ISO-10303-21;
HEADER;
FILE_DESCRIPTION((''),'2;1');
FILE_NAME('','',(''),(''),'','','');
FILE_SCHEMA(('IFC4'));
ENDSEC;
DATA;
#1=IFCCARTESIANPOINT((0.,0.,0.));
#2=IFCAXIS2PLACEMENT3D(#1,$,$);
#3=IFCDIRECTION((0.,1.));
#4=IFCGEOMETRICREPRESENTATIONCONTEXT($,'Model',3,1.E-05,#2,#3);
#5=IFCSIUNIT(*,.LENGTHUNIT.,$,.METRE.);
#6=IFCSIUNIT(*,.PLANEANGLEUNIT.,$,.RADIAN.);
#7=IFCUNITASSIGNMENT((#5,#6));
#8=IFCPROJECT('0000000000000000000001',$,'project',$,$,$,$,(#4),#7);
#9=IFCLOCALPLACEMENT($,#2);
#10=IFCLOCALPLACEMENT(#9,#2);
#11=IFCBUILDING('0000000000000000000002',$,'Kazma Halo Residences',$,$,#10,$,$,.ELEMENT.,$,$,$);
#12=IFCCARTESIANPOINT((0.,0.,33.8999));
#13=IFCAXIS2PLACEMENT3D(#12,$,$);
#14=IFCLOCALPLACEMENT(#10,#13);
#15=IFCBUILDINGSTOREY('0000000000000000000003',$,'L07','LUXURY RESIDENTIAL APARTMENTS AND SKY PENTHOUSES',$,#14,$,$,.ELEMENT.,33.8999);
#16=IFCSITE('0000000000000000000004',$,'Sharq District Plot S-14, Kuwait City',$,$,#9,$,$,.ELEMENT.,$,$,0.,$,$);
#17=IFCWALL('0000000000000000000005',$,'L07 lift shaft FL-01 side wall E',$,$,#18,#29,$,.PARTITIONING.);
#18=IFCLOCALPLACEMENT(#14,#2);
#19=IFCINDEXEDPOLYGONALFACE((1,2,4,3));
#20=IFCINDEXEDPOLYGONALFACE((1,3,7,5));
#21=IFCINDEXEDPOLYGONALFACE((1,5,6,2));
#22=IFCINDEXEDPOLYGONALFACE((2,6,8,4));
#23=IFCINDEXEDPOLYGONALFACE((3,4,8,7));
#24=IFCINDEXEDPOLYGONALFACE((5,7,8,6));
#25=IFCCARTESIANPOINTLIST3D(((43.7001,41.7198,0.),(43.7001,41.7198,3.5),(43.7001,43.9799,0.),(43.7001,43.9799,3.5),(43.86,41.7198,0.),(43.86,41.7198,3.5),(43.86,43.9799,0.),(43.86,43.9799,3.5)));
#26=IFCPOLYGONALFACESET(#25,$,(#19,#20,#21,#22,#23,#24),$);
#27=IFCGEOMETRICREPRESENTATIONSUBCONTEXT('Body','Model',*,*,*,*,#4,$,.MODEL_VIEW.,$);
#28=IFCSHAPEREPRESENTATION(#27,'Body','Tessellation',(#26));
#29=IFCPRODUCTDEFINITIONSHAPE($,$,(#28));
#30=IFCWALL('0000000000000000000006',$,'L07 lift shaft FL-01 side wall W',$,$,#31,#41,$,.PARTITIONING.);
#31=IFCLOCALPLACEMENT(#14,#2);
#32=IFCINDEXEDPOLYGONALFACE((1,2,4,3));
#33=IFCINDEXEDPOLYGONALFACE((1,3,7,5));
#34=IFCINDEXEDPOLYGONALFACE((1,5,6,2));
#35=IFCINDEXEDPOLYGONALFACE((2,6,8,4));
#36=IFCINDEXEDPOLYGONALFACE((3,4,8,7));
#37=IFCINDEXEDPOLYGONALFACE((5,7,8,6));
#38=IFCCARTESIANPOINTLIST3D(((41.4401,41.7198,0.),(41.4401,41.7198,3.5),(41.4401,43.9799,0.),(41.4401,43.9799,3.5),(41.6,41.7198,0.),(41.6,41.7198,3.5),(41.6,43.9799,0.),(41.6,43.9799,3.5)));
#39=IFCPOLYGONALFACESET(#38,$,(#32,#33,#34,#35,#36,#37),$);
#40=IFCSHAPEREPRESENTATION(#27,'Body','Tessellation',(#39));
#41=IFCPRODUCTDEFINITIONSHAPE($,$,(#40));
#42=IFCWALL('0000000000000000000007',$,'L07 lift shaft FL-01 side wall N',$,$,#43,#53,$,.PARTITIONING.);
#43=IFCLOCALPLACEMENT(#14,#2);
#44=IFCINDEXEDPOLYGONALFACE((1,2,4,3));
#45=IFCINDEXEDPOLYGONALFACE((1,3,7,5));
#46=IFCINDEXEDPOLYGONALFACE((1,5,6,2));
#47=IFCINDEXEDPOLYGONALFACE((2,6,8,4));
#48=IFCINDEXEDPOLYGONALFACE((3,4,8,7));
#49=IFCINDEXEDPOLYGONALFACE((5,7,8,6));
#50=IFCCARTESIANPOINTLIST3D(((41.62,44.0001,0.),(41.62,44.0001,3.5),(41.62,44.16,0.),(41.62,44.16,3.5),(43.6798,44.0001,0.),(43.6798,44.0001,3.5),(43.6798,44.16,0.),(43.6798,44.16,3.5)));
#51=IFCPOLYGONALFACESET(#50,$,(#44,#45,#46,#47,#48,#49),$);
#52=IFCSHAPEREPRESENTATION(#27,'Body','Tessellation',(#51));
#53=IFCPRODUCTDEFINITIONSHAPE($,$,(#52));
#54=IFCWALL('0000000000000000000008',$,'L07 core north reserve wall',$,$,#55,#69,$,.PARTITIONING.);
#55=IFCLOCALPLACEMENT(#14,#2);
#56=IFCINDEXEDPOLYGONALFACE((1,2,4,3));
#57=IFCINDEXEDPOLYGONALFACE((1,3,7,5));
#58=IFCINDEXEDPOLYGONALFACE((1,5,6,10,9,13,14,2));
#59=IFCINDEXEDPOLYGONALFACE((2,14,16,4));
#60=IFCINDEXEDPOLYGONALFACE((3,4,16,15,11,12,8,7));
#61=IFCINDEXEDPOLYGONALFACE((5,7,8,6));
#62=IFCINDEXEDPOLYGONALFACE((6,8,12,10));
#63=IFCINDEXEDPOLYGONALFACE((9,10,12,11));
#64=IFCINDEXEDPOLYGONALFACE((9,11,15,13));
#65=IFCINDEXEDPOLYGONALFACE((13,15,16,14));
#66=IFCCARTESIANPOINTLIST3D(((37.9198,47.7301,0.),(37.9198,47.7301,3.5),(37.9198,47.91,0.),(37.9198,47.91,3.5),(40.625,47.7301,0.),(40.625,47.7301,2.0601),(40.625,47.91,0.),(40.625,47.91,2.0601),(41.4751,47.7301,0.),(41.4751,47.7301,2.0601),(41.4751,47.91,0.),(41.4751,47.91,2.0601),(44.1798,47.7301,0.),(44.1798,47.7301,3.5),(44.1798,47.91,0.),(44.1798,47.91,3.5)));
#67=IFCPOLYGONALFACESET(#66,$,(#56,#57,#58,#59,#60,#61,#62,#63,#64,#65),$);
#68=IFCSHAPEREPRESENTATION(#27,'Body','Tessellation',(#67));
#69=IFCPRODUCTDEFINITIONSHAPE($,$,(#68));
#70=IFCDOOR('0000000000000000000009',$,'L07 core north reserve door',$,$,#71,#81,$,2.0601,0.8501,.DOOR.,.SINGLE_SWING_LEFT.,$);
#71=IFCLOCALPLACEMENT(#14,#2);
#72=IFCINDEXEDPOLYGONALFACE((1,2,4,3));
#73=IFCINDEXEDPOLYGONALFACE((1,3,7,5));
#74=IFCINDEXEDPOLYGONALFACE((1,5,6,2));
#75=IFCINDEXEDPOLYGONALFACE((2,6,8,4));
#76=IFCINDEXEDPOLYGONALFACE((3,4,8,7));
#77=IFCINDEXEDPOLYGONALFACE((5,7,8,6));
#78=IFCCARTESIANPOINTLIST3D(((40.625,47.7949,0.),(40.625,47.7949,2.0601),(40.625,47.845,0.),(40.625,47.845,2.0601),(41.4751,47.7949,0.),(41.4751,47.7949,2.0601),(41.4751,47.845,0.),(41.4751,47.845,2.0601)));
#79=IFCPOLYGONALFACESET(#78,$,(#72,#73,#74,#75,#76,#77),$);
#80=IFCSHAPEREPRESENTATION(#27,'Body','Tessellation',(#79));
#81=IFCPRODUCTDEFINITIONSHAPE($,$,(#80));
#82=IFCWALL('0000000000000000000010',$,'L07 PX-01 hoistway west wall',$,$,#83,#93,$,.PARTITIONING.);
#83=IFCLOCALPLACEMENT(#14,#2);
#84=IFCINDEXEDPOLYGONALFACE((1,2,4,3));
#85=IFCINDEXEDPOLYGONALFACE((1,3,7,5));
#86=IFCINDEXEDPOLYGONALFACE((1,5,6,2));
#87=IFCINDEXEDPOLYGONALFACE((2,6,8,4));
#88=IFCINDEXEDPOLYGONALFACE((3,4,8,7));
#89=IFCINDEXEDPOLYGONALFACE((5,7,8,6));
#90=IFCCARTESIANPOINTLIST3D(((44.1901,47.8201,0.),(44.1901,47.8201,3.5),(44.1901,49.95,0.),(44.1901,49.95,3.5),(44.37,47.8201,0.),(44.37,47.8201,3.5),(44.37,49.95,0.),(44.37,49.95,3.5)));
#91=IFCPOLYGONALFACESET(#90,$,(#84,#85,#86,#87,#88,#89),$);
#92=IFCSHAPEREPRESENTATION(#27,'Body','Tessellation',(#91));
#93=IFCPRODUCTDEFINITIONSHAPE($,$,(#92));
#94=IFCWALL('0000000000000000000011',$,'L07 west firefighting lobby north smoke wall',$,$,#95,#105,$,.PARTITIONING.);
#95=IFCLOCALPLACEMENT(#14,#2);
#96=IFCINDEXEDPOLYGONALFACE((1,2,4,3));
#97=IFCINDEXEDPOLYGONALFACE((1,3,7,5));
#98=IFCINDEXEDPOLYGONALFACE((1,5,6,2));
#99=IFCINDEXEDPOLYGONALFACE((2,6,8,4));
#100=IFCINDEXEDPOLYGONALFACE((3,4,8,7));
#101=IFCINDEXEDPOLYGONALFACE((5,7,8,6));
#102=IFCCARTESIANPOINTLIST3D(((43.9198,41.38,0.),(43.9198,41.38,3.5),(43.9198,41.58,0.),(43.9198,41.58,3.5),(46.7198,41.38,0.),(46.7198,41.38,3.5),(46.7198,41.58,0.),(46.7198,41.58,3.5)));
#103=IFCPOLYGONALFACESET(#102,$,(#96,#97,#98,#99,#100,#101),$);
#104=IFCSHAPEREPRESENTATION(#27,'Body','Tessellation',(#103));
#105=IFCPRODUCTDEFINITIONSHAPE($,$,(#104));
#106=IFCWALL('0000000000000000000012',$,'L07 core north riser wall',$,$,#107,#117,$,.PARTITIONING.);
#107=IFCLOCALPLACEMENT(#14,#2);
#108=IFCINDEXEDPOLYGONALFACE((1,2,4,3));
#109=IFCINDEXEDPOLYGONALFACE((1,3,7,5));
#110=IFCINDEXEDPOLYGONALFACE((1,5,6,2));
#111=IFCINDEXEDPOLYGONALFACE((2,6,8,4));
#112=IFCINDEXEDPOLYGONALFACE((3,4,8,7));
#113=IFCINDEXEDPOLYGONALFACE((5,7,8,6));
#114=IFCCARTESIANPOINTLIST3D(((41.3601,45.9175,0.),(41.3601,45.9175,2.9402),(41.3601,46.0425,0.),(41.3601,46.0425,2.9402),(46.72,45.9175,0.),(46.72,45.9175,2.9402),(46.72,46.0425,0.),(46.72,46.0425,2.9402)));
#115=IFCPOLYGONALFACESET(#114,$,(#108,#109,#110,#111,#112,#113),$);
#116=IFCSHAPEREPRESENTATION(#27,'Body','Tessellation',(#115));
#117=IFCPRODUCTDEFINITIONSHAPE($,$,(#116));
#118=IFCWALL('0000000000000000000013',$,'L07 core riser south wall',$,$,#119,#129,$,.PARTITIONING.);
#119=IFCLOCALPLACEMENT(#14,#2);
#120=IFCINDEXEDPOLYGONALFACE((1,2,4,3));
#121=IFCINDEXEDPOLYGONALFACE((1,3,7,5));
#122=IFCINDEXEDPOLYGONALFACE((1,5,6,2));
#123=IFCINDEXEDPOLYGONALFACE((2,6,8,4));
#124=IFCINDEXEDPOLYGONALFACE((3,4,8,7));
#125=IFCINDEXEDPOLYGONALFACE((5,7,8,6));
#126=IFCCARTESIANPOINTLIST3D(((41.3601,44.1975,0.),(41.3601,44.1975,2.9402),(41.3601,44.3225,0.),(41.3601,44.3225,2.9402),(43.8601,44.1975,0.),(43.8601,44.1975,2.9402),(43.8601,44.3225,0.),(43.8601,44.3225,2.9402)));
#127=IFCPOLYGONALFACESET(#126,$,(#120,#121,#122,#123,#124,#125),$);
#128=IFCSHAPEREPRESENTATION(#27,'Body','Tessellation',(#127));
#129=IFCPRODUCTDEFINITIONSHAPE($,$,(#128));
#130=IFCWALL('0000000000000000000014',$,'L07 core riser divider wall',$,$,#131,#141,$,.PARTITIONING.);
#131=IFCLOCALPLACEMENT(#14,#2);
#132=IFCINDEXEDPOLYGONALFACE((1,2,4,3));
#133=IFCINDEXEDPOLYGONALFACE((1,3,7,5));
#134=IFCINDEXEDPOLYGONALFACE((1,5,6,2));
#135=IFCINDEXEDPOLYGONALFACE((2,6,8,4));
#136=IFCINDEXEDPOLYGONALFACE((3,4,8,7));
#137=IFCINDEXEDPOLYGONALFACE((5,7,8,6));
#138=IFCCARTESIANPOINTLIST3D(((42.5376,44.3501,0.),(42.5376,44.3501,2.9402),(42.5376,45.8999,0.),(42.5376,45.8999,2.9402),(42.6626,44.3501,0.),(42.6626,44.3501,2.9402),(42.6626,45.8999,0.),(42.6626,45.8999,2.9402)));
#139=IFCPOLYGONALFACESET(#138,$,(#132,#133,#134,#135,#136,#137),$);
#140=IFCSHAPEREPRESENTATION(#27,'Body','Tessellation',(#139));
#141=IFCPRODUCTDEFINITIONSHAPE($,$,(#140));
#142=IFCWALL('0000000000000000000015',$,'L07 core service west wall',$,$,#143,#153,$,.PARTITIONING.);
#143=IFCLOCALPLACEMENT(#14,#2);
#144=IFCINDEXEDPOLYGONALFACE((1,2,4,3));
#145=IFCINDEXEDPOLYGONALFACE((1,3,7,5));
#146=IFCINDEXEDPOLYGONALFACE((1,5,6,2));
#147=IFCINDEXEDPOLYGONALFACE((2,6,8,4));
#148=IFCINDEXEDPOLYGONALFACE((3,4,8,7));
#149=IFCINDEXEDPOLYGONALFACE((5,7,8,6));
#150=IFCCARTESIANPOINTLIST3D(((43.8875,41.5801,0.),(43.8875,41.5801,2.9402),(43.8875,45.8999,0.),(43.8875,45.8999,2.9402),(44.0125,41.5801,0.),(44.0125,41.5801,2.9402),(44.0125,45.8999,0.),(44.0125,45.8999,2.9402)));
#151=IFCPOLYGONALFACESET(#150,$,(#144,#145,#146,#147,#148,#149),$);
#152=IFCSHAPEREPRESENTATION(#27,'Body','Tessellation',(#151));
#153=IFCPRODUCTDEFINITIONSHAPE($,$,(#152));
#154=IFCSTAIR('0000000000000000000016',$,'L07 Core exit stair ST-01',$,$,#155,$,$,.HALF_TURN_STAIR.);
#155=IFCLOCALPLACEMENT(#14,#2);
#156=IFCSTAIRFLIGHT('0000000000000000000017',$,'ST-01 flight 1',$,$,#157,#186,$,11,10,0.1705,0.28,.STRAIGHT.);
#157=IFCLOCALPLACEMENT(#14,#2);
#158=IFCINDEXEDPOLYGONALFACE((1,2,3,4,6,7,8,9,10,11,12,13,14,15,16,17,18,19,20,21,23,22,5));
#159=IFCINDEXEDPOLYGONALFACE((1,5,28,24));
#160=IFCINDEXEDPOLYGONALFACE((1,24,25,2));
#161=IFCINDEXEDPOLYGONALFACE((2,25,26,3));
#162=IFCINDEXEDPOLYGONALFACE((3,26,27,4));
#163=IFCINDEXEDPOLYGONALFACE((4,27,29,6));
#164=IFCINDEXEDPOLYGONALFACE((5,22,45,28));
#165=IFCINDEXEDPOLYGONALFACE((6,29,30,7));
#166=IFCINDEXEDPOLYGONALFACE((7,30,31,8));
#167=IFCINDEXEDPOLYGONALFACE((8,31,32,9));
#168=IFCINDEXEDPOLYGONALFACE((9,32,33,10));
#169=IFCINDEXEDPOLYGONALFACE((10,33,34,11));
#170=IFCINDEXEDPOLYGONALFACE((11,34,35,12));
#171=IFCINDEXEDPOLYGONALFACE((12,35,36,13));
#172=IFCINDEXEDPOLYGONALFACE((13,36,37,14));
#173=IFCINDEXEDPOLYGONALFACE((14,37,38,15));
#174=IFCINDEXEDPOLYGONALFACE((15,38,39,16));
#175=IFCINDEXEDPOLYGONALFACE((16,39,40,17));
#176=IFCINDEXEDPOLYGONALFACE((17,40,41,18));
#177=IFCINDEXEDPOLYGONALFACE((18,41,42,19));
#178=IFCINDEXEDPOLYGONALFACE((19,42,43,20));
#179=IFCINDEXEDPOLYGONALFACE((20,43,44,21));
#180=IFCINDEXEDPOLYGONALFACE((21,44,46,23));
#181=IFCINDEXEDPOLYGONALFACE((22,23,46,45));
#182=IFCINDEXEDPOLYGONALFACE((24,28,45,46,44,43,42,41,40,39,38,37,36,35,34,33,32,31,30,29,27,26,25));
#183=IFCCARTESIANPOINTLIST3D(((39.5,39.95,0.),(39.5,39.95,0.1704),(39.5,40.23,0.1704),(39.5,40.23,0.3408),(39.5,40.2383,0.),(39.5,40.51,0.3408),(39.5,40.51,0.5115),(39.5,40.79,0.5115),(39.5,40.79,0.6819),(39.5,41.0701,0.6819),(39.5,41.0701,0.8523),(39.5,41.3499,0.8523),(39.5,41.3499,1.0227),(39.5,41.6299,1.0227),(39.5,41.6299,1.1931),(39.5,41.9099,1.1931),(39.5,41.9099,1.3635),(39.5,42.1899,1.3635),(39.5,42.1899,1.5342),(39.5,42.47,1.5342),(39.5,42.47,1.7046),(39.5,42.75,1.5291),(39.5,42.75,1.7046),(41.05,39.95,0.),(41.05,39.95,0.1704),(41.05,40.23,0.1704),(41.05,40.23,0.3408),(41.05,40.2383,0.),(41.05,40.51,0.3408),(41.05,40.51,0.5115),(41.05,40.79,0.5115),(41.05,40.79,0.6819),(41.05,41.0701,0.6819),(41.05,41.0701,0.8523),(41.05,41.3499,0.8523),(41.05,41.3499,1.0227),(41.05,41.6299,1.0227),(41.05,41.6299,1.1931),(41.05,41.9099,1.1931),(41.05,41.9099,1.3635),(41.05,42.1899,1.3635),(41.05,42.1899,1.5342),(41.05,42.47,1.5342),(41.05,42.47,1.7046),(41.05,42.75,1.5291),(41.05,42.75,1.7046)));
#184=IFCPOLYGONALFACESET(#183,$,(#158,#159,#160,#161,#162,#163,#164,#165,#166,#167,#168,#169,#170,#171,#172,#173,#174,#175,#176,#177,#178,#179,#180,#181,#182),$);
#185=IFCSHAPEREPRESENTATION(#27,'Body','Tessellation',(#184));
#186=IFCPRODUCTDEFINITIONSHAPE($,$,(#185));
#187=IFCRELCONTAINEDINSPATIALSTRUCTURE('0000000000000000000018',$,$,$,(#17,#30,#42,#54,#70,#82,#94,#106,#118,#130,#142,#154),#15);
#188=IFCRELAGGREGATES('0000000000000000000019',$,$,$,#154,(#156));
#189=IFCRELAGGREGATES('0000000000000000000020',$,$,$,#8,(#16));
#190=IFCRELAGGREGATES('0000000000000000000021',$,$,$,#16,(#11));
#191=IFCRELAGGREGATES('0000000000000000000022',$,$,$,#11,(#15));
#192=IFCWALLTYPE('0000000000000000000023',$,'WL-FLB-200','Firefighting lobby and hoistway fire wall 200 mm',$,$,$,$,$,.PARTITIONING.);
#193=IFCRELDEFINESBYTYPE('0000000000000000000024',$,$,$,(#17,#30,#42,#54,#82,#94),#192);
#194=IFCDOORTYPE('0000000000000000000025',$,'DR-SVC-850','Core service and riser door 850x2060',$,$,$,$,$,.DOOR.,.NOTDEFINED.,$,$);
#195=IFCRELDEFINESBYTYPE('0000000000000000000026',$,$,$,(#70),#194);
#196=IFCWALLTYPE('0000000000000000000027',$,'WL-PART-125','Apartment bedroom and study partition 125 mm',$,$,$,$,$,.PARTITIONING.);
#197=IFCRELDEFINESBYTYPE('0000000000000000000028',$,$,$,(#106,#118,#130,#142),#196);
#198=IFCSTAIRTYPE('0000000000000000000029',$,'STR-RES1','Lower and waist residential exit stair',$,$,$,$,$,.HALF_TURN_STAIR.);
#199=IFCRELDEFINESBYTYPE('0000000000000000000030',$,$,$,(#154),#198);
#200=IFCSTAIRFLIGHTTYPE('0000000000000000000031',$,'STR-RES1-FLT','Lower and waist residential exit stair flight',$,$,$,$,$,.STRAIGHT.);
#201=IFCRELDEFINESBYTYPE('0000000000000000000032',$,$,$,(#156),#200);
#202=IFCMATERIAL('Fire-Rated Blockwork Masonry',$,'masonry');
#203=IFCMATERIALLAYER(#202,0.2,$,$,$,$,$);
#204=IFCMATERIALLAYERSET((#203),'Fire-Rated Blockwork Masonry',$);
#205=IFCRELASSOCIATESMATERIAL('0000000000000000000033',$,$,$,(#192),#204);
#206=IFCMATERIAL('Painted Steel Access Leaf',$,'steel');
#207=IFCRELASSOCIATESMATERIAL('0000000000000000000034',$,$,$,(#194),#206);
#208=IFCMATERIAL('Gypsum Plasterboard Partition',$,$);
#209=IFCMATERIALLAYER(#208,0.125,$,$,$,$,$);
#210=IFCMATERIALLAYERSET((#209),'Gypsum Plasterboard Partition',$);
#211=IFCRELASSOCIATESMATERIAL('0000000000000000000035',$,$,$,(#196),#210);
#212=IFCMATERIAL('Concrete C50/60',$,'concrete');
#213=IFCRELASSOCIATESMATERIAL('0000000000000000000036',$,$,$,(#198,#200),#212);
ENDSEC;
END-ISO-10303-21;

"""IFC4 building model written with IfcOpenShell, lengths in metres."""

from ifc_helpers import new_model, si_unit, direction, frame, frame_2d, origin, place, context, subcontext, project, spatial, polyline, rectangle, outline, extrude, material, layer, layer_set, type_object, element, fill, aggregate, save


model = new_model("IFC4")

# Units and contexts
model_context = context("Model", 3, precision=1e-05, world=origin(), true_north=direction((0.0, 1.0)))
body_context = subcontext(model_context, "Body", "Model", "MODEL_VIEW")
ifc_project = project(units=[si_unit("LENGTHUNIT", "METRE"), si_unit("PLANEANGLEUNIT", "RADIAN")], contexts=[model_context])

# Site, building, storey
site_placement = place(None, origin())
site = spatial("IfcSite", under=ifc_project, at=site_placement, Name="Sharq District Plot S-14, Kuwait City", CompositionType="ELEMENT", RefElevation=0.0)
building_placement = place(site_placement, origin())
building = spatial("IfcBuilding", under=site, at=building_placement, Name="Kazma Halo Residences", CompositionType="ELEMENT")
storey_placement = place(building_placement, frame((0.0, 0.0, 33.8999)))
storey = spatial("IfcBuildingStorey", under=building, at=storey_placement, Name="L07", Description="LUXURY RESIDENTIAL APARTMENTS AND SKY PENTHOUSES", CompositionType="ELEMENT", Elevation=33.8999)

# Shared definitions
ifc_material_1 = material(Name="Fire-Rated Blockwork Masonry", Category="masonry")
ifc_layer_1 = layer(ifc_material_1, 0.2)
ifc_layer_set_1 = layer_set([ifc_layer_1], Name="Fire-Rated Blockwork Masonry")
wall_type_1 = type_object("IfcWallType", Name="WL-FLB-200", Description="Firefighting lobby and hoistway fire wall 200 mm", PredefinedType="PARTITIONING", material=ifc_layer_set_1)

# Walls
for number, where, z_axis, x_axis, name in (
    (1, (43.78, 41.72, 0.0), (0.0, 0.0, 1.0), (0.0, 1.0, 0.0), "L07 lift shaft FL-01 side wall E"),
    (2, (41.52, 41.72, 0.0), (0.0, 0.0, 1.0), (0.0, 1.0, 0.0), "L07 lift shaft FL-01 side wall W"),
):
    element("IfcWall", number, at=place(storey_placement, frame(where, z_axis=z_axis, x_axis=x_axis)), inside=storey, type_object=wall_type_1, Name=name, PredefinedType="PARTITIONING", context=body_context, shape_type="SweptSolid", body=[
        extrude(rectangle(XDim=2.26, YDim=0.1599, at=frame_2d((1.1299, 0.0))), origin(), (0.0, 0.0, 1.0), 3.5),
    ])
wall_1_placement = place(storey_placement, frame((41.6201, 44.0801, 0.0), z_axis=(0.0, 0.0, 1.0), x_axis=(1.0, 0.0, 0.0)))
element("IfcWall", 3, at=wall_1_placement, inside=storey, type_object=wall_type_1, Name="L07 lift shaft FL-01 side wall N", PredefinedType="PARTITIONING", context=body_context, shape_type="SweptSolid", body=[
    extrude(rectangle(XDim=2.0598, YDim=0.1599, at=frame_2d((1.0298, 0.0))), origin(), (0.0, 0.0, 1.0), 3.5),
])

# Wall, opening, door
wall_2_placement = place(storey_placement, frame((37.9199, 47.8201, 0.0), z_axis=(0.0, 0.0, 1.0), x_axis=(1.0, 0.0, 0.0)))
wall_2 = element("IfcWall", 4, at=wall_2_placement, inside=storey, type_object=wall_type_1, Name="L07 core north reserve wall", PredefinedType="PARTITIONING", context=body_context, shape_type="SweptSolid", body=[
    extrude(rectangle(XDim=6.26, YDim=0.1799, at=frame_2d((3.1299, 0.0))), origin(), (0.0, 0.0, 1.0), 3.5),
])
opening_1_placement = place(wall_2_placement, frame((2.7051, 0.0, 0.0)))
opening_1 = element("IfcOpeningElement", 5, at=opening_1_placement, cuts=wall_2, PredefinedType="OPENING", context=body_context, shape_type="SweptSolid", body=[
    extrude(rectangle(XDim=0.8501, YDim=2.0601, at=frame_2d((0.425, 1.03))), frame((0.0, 0.0999, 0.0), z_axis=(0.0, -1.0, 0.0), x_axis=(1.0, 0.0, 0.0)), (0.0, 0.0, 1.0), 0.2),
])
ifc_material_2 = material(Name="Painted Steel Access Leaf", Category="steel")
door_type_1 = type_object("IfcDoorType", Name="DR-SVC-850", Description="Core service and riser door 850x2060", OperationType="NOTDEFINED", PredefinedType="DOOR", material=ifc_material_2)
door_1_placement = place(opening_1_placement, origin())
door_1 = element("IfcDoor", 6, at=door_1_placement, inside=storey, type_object=door_type_1, Name="L07 core north reserve door", OperationType="SINGLE_SWING_LEFT", OverallHeight=2.0601, OverallWidth=0.8501, PredefinedType="DOOR", context=body_context, shape_type="SweptSolid", body=[
    extrude(rectangle(XDim=0.8501, YDim=2.0601, at=frame_2d((0.425, 1.03))), frame((0.0, 0.0249, 0.0), z_axis=(0.0, -1.0, 0.0), x_axis=(1.0, 0.0, 0.0)), (0.0, 0.0, 1.0), 0.05),
])
fill(opening_1, door_1)

# Walls
wall_3_placement = place(storey_placement, frame((44.28, 47.8201, 0.0), z_axis=(0.0, 0.0, 1.0), x_axis=(0.0, 1.0, 0.0)))
element("IfcWall", 7, at=wall_3_placement, inside=storey, type_object=wall_type_1, Name="L07 PX-01 hoistway west wall", PredefinedType="PARTITIONING", context=body_context, shape_type="SweptSolid", body=[
    extrude(rectangle(XDim=2.1299, YDim=0.1799, at=frame_2d((1.0649, 0.0))), origin(), (0.0, 0.0, 1.0), 3.5),
])
wall_4_placement = place(storey_placement, frame((43.9199, 41.48, 0.0), z_axis=(0.0, 0.0, 1.0), x_axis=(1.0, 0.0, 0.0)))
element("IfcWall", 8, at=wall_4_placement, inside=storey, type_object=wall_type_1, Name="L07 west firefighting lobby north smoke wall", PredefinedType="PARTITIONING", context=body_context, shape_type="SweptSolid", body=[
    extrude(rectangle(XDim=2.8, YDim=0.2, at=frame_2d((1.3999, 0.0))), origin(), (0.0, 0.0, 1.0), 3.5),
])
ifc_material_3 = material(Name="Gypsum Plasterboard Partition")
ifc_layer_2 = layer(ifc_material_3, 0.125)
ifc_layer_set_2 = layer_set([ifc_layer_2], Name="Gypsum Plasterboard Partition")
wall_type_2 = type_object("IfcWallType", Name="WL-PART-125", Description="Apartment bedroom and study partition 125 mm", PredefinedType="PARTITIONING", material=ifc_layer_set_2)
wall_5_placement = place(storey_placement, frame((41.3601, 45.98, 0.0), z_axis=(0.0, 0.0, 1.0), x_axis=(1.0, 0.0, 0.0)))
element("IfcWall", 9, at=wall_5_placement, inside=storey, type_object=wall_type_2, Name="L07 core north riser wall", PredefinedType="PARTITIONING", context=body_context, shape_type="SweptSolid", body=[
    extrude(rectangle(XDim=5.3599, YDim=0.125, at=frame_2d((2.6799, 0.0))), origin(), (0.0, 0.0, 1.0), 2.9402),
])
wall_6_placement = place(storey_placement, frame((41.3601, 44.26, 0.0), z_axis=(0.0, 0.0, 1.0), x_axis=(1.0, 0.0, 0.0)))
element("IfcWall", 10, at=wall_6_placement, inside=storey, type_object=wall_type_2, Name="L07 core riser south wall", PredefinedType="PARTITIONING", context=body_context, shape_type="SweptSolid", body=[
    extrude(rectangle(XDim=2.5, YDim=0.125, at=frame_2d((1.25, 0.0))), origin(), (0.0, 0.0, 1.0), 2.9402),
])
wall_7_placement = place(storey_placement, frame((42.6001, 44.3501, 0.0), z_axis=(0.0, 0.0, 1.0), x_axis=(0.0, 1.0, 0.0)))
element("IfcWall", 11, at=wall_7_placement, inside=storey, type_object=wall_type_2, Name="L07 core riser divider wall", PredefinedType="PARTITIONING", context=body_context, shape_type="SweptSolid", body=[
    extrude(rectangle(XDim=1.5498, YDim=0.125, at=frame_2d((0.7749, 0.0))), origin(), (0.0, 0.0, 1.0), 2.9402),
])
wall_8_placement = place(storey_placement, frame((43.95, 41.5801, 0.0), z_axis=(0.0, 0.0, 1.0), x_axis=(0.0, 1.0, 0.0)))
element("IfcWall", 12, at=wall_8_placement, inside=storey, type_object=wall_type_2, Name="L07 core service west wall", PredefinedType="PARTITIONING", context=body_context, shape_type="SweptSolid", body=[
    extrude(rectangle(XDim=4.3198, YDim=0.125, at=frame_2d((2.1599, 0.0))), origin(), (0.0, 0.0, 1.0), 2.9402),
])

# Stair, stair flight
ifc_material_4 = material(Name="Concrete C50/60", Category="concrete")
stair_type = type_object("IfcStairType", Name="STR-RES1", Description="Lower and waist residential exit stair", PredefinedType="HALF_TURN_STAIR", material=ifc_material_4)
stair_placement = place(storey_placement, origin())
stair = element("IfcStair", 13, at=stair_placement, inside=storey, type_object=stair_type, Name="L07 Core exit stair ST-01", PredefinedType="HALF_TURN_STAIR")
stair_flight_type = type_object("IfcStairFlightType", Name="STR-RES1-FLT", Description="Lower and waist residential exit stair flight", PredefinedType="STRAIGHT", material=ifc_material_4)
stair_flight_1_placement = place(storey_placement, frame((40.2749, 39.95, 0.0), z_axis=(0.0, 0.0, 1.0), x_axis=(0.0, 1.0, 0.0)))
stair_flight_1 = element("IfcStairFlight", 14, at=stair_flight_1_placement, type_object=stair_flight_type, Name="ST-01 flight 1", NumberOfRisers=11, NumberOfTreads=10, PredefinedType="STRAIGHT", RiserHeight=0.1705, TreadLength=0.28, context=body_context, shape_type="SweptSolid", body=[
    extrude(outline(polyline([(0.0, 0.0), (0.0, 0.1704), (0.28, 0.1704), (0.28, 0.3408), (0.5601, 0.3408), (0.5601, 0.5115), (0.8401, 0.5115), (0.8401, 0.6819), (1.1201, 0.6819), (1.1201, 0.8523), (1.3999, 0.8523), (1.3999, 1.0227), (1.6799, 1.0227), (1.6799, 1.1931), (1.96, 1.1931), (1.96, 1.3635), (2.24, 1.3635), (2.24, 1.5342), (2.52, 1.5342), (2.52, 1.7046), (2.8, 1.7046), (2.8, 1.875), (2.8, 1.5291), (0.2883, 0.0), (0.0, 0.0)])), frame((0.0, 0.7749, 0.0), z_axis=(0.0, -1.0, 0.0), x_axis=(1.0, 0.0, 0.0)), (0.0, 0.0, 1.0), 1.55),
])
aggregate(stair, [stair_flight_1])

save(model, "model.ifc")
